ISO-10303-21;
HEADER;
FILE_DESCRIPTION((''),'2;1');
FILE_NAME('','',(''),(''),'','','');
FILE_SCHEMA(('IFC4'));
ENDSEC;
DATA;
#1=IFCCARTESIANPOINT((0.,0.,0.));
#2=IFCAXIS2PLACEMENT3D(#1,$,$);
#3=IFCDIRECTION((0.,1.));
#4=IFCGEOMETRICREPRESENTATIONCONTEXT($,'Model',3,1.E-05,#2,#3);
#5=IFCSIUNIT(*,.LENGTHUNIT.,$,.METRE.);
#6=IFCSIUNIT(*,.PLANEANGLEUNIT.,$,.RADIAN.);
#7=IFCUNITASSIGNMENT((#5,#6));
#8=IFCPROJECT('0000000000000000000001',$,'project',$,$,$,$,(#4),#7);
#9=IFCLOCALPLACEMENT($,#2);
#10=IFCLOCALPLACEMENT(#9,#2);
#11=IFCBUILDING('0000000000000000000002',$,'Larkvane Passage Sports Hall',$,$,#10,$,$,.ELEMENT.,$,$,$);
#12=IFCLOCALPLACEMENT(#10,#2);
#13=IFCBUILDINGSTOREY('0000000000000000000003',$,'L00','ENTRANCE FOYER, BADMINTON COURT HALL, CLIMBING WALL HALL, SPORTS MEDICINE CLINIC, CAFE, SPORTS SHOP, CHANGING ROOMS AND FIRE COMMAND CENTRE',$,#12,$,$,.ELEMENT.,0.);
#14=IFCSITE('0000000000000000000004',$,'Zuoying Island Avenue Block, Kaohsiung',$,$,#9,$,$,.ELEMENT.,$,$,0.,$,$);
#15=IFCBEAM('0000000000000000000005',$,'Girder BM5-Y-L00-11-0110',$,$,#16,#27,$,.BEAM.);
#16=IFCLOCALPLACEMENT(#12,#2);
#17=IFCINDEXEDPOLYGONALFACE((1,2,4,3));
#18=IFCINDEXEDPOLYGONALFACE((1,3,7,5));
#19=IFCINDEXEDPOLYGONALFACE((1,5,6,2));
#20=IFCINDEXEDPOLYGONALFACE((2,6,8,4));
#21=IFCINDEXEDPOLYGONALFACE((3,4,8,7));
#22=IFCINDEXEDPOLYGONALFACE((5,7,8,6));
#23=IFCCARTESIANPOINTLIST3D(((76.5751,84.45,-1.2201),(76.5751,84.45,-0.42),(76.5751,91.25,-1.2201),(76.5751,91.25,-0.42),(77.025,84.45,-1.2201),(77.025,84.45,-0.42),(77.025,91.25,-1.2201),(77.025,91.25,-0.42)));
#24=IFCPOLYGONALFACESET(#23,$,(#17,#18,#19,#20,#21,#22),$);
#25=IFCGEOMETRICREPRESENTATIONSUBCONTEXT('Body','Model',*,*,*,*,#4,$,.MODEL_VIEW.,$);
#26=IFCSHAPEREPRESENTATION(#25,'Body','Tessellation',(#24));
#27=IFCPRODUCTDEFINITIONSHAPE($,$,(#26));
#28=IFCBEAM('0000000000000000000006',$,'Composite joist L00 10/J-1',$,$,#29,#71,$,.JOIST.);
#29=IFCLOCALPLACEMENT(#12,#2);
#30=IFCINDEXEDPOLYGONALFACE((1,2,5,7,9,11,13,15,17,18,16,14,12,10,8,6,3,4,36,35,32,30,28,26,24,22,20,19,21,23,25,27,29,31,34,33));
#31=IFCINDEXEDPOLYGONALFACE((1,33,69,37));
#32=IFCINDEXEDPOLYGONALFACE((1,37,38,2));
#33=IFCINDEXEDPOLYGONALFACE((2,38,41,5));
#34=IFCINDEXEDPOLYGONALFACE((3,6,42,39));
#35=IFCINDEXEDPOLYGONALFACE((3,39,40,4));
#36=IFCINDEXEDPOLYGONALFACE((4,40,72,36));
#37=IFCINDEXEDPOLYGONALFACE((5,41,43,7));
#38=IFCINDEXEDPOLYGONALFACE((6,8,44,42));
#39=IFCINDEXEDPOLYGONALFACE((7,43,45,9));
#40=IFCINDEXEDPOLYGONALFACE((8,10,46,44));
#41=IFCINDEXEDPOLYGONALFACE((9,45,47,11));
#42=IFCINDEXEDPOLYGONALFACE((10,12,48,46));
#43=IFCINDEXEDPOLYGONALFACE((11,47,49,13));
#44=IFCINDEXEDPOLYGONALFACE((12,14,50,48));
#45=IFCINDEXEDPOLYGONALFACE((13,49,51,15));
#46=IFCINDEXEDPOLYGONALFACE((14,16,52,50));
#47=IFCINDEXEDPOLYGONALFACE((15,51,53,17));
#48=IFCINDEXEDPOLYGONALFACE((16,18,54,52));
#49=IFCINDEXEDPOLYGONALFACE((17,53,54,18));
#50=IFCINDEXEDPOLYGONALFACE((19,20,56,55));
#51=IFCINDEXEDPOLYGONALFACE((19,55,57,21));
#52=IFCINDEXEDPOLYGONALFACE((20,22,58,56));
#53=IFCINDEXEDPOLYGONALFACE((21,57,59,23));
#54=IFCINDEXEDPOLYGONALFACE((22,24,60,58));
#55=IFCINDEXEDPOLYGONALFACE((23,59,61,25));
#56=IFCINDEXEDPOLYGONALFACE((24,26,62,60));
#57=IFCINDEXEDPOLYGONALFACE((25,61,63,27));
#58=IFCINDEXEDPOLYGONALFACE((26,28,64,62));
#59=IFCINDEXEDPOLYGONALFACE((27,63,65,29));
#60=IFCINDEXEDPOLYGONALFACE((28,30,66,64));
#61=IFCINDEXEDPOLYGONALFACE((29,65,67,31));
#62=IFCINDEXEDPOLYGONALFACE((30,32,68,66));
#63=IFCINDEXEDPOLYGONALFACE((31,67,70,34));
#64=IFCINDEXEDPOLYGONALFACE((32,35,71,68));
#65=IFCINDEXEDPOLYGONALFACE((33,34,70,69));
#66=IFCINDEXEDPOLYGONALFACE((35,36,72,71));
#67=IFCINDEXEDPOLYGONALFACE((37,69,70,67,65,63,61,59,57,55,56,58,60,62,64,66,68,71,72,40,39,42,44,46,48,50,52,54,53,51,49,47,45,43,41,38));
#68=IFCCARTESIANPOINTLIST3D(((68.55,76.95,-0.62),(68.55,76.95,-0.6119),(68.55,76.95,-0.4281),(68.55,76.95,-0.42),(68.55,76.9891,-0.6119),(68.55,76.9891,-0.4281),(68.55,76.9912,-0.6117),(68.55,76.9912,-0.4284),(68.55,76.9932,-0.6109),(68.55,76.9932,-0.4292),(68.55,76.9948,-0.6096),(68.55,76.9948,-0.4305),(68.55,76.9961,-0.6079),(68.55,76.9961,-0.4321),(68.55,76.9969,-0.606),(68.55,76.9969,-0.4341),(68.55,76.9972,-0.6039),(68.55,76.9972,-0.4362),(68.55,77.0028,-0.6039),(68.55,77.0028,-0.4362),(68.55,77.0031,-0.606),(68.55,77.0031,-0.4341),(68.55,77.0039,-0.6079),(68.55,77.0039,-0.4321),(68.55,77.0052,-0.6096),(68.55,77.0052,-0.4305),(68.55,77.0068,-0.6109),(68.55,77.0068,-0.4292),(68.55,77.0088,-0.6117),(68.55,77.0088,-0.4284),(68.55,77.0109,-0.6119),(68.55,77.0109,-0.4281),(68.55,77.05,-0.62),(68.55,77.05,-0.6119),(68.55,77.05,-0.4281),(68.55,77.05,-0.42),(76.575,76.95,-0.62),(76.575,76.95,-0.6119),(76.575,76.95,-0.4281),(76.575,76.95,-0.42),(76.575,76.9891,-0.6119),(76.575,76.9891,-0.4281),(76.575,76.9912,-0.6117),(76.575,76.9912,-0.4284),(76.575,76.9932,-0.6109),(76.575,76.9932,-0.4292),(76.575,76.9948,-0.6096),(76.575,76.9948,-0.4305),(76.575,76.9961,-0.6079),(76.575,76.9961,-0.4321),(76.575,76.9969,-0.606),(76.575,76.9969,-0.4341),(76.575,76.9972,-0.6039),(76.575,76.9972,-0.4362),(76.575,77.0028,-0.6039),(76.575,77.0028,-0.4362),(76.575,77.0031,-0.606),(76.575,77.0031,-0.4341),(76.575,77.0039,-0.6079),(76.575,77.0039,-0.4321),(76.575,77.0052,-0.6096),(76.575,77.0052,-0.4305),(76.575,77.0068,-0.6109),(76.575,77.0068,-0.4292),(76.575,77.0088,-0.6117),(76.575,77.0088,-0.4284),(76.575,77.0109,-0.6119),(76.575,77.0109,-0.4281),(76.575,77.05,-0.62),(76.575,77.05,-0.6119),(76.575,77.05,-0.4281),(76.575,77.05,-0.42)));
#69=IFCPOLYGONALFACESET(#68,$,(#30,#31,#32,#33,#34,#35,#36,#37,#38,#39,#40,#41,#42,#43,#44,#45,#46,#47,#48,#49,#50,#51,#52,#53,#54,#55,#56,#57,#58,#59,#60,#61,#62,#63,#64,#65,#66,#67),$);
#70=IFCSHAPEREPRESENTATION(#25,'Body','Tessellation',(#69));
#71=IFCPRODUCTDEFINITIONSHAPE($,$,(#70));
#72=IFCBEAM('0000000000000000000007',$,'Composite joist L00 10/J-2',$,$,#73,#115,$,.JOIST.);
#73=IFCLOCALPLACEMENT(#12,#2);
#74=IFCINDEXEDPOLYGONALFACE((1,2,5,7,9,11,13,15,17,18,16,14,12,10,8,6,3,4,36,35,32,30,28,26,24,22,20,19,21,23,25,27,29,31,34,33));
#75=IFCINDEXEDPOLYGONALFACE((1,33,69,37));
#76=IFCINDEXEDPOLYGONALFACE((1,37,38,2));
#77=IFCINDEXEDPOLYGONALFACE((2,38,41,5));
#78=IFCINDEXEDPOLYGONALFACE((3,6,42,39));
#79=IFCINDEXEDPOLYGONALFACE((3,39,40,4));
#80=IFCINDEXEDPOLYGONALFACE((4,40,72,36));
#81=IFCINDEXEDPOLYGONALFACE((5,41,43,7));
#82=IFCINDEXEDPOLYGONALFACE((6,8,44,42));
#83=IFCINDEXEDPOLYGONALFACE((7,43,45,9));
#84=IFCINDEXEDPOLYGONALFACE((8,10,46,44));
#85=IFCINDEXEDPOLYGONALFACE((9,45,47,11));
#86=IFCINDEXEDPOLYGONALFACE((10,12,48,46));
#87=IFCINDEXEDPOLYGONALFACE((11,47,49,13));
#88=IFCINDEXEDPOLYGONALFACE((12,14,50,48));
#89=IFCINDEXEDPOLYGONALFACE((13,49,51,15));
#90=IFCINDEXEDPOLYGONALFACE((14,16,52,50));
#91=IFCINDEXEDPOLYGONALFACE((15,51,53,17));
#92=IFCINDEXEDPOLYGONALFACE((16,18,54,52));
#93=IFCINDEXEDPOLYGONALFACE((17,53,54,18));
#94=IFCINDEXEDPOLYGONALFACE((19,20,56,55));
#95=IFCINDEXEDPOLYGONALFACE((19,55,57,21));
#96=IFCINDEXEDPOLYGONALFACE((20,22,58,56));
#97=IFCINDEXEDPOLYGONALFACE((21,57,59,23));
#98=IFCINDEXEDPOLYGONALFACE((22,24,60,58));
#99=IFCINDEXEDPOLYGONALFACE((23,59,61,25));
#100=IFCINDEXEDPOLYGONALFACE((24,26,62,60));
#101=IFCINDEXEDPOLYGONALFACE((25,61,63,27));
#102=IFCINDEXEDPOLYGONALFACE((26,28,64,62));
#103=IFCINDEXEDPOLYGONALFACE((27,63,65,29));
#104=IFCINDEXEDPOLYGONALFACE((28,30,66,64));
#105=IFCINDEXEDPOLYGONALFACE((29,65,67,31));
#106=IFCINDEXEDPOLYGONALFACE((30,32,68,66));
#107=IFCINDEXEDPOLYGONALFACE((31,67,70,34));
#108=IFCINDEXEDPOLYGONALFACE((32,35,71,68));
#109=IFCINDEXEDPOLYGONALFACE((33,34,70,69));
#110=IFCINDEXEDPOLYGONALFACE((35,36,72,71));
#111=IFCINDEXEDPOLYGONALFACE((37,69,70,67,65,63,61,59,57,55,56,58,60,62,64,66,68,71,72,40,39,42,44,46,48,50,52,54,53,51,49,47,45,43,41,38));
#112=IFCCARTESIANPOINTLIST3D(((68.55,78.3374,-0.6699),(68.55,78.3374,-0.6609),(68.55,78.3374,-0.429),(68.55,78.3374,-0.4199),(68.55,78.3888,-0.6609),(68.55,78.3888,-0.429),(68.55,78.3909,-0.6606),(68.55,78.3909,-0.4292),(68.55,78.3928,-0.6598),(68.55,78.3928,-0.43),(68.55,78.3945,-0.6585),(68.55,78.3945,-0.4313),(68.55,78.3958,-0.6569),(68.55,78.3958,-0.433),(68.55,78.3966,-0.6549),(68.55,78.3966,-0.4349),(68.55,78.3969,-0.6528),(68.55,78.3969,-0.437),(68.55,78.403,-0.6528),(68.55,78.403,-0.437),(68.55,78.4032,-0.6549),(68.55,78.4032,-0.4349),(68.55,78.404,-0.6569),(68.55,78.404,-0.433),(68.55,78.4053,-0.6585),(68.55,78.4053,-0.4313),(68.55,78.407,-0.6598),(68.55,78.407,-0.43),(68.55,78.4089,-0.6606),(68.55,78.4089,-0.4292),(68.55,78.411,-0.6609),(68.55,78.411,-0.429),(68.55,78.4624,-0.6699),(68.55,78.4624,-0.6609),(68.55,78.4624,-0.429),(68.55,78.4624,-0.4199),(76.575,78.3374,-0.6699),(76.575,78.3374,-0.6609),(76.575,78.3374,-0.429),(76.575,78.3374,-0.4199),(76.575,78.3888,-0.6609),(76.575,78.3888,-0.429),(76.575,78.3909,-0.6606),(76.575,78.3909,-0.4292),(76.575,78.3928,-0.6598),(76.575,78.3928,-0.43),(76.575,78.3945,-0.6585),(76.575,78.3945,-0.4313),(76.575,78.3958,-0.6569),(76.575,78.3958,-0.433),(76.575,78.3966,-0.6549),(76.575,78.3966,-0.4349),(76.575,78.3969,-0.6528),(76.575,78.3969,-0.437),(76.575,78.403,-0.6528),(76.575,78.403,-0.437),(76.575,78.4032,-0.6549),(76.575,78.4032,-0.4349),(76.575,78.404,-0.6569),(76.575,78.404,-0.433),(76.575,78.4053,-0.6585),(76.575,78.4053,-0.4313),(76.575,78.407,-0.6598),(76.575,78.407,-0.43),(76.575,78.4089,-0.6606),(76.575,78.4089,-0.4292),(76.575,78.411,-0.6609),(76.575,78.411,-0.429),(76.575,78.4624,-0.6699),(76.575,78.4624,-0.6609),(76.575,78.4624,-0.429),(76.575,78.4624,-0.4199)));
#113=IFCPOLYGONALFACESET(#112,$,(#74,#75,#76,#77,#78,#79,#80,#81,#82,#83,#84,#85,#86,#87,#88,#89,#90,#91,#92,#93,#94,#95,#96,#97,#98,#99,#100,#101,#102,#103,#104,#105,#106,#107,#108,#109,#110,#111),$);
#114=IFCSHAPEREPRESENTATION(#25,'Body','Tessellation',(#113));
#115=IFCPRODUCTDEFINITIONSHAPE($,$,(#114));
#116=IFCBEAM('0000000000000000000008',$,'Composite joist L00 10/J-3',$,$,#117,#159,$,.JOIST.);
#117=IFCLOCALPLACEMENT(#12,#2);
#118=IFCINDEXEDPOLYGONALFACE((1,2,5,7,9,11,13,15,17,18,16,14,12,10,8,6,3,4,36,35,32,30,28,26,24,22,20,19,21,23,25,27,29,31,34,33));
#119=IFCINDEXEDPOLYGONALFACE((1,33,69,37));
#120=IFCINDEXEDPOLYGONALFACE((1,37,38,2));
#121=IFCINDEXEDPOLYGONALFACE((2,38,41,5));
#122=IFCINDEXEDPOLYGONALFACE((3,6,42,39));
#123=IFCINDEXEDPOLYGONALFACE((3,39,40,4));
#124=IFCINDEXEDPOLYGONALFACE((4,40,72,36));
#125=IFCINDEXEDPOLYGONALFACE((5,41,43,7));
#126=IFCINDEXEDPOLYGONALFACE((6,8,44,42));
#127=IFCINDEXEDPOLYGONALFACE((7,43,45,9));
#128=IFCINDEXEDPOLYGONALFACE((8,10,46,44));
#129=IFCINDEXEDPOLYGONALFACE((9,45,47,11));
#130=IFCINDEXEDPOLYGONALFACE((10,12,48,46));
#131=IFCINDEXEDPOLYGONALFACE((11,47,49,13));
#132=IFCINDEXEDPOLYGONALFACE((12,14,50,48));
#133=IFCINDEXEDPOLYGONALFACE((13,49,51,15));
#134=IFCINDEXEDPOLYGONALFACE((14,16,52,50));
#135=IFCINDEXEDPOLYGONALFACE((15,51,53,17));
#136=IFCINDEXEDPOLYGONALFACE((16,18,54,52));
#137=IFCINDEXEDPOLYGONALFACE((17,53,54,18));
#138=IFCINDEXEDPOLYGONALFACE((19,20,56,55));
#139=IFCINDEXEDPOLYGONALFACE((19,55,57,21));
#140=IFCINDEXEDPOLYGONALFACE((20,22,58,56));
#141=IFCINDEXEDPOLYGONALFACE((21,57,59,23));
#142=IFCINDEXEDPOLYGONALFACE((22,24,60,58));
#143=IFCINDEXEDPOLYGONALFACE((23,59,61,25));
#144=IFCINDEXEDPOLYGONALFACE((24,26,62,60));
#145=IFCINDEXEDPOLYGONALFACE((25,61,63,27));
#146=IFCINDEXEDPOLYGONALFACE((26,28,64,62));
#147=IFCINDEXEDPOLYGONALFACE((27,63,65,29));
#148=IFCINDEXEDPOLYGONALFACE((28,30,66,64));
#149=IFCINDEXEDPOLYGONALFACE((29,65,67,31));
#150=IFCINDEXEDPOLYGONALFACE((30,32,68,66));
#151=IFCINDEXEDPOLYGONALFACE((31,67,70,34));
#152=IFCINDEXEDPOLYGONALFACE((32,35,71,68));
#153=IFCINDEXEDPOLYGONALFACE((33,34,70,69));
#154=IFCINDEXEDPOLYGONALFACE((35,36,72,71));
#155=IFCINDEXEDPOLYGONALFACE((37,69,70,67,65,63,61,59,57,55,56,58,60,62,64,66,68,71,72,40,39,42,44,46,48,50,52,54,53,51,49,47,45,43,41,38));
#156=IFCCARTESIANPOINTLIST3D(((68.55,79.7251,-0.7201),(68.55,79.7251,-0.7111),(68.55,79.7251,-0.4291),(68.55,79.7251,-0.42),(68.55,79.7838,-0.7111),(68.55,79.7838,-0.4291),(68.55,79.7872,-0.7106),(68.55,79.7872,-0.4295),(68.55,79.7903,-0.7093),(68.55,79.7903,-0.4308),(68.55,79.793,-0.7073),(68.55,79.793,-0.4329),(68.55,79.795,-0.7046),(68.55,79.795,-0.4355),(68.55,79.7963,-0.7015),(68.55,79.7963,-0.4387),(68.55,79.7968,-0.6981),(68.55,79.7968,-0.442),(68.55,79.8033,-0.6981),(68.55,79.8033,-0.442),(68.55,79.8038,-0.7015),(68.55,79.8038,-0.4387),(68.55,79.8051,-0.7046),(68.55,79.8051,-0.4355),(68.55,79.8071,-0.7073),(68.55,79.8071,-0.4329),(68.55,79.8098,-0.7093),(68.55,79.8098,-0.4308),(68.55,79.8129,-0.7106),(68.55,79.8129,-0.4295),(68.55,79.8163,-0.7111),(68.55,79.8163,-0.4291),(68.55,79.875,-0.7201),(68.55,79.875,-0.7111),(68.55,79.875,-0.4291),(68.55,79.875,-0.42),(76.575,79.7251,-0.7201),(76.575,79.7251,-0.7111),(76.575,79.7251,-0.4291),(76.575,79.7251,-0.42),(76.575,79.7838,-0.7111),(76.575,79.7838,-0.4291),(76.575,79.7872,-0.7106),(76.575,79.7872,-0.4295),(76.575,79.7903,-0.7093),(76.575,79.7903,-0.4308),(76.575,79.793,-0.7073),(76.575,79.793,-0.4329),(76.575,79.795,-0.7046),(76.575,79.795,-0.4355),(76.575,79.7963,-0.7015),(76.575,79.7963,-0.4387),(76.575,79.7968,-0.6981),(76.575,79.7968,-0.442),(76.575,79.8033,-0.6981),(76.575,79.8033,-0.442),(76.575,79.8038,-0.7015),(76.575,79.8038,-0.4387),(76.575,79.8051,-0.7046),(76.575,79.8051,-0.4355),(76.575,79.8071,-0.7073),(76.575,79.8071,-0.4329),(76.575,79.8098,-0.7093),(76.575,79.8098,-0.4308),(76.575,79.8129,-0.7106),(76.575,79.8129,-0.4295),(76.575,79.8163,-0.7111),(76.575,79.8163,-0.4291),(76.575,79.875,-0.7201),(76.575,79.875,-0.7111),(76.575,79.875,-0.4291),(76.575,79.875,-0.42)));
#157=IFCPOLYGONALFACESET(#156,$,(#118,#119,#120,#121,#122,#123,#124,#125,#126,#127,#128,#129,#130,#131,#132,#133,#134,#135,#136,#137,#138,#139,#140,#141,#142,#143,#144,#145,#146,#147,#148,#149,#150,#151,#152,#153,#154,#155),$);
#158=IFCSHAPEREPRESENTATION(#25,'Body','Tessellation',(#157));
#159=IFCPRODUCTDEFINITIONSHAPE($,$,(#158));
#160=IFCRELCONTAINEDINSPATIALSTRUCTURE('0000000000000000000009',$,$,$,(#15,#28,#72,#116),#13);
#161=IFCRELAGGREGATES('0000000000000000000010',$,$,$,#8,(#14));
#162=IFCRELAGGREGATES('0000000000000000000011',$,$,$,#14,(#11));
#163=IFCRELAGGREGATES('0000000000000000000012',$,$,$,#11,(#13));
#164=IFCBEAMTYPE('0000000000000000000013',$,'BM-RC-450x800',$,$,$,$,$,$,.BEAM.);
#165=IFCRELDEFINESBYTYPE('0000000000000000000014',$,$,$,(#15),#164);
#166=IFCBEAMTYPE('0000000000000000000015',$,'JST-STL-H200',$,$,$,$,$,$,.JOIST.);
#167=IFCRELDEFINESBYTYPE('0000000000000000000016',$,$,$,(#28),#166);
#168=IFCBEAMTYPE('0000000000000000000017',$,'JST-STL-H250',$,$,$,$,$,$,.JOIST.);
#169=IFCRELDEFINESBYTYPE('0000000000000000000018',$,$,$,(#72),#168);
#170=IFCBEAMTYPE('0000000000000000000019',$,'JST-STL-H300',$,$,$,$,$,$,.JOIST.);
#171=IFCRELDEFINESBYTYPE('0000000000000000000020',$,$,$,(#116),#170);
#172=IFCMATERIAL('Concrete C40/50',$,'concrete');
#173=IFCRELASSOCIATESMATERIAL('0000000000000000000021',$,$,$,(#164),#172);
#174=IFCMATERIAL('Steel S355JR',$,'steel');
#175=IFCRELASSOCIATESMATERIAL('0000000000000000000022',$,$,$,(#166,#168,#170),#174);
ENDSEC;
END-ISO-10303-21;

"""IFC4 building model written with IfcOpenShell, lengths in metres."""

from ifc_helpers import new_model, si_unit, direction, frame, origin, origin_2d, place, context, subcontext, project, spatial, rectangle, i_section, extrude, material, material_profile, profile_set, type_object, element, save


model = new_model("IFC4")

# Units and contexts
model_context = context("Model", 3, precision=1e-05, world=origin(), true_north=direction((0.0, 1.0)))
body_context = subcontext(model_context, "Body", "Model", "MODEL_VIEW")
ifc_project = project(units=[si_unit("LENGTHUNIT", "METRE"), si_unit("PLANEANGLEUNIT", "RADIAN")], contexts=[model_context])

# Site, building, storey
site_placement = place(None, origin())
site = spatial("IfcSite", under=ifc_project, at=site_placement, Name="Zuoying Island Avenue Block, Kaohsiung", CompositionType="ELEMENT", RefElevation=0.0)
building_placement = place(site_placement, origin())
building = spatial("IfcBuilding", under=site, at=building_placement, Name="Larkvane Passage Sports Hall", CompositionType="ELEMENT")
storey_placement = place(building_placement, origin())
storey = spatial("IfcBuildingStorey", under=building, at=storey_placement, Name="L00", Description="ENTRANCE FOYER, BADMINTON COURT HALL, CLIMBING WALL HALL, SPORTS MEDICINE CLINIC, CAFE, SPORTS SHOP, CHANGING ROOMS AND FIRE COMMAND CENTRE", CompositionType="ELEMENT", Elevation=0.0)

# Shared definitions
ifc_material_1 = material(Name="Steel S355JR", Category="steel")

# Beams
ifc_material_2 = material(Name="Concrete C40/50", Category="concrete")
ifc_material_profile_1 = material_profile(ifc_material_2, rectangle(XDim=0.45, YDim=0.8, at=origin_2d()), Name="RC-BM-450x800")
ifc_profile_set_1 = profile_set([ifc_material_profile_1], Name="Concrete C40/50")
beam_type_1 = type_object("IfcBeamType", Name="BM-RC-450x800", PredefinedType="BEAM", material=ifc_profile_set_1)
beam_1_placement = place(storey_placement, frame((76.8, 84.45, -0.8201), z_axis=(0.0, 1.0, 0.0), x_axis=(-1.0, 0.0, 0.0)))
element("IfcBeam", 1, at=beam_1_placement, inside=storey, type_object=beam_type_1, Name="Girder BM5-Y-L00-11-0110", PredefinedType="BEAM", context=body_context, shape_type="SweptSolid", body=[
    extrude(rectangle(XDim=0.45, YDim=0.8, at=origin_2d()), origin(), (0.0, 0.0, 1.0), 6.8),
])
ifc_material_profile_2 = material_profile(ifc_material_1, i_section(OverallWidth=0.1001, OverallDepth=0.2, WebThickness=0.0056, FlangeThickness=0.0081, FilletRadius=0.0081, at=origin_2d()), Name="H-200x100x5.5x8")
ifc_profile_set_2 = profile_set([ifc_material_profile_2], Name="Steel S355JR")
beam_type_2 = type_object("IfcBeamType", Name="JST-STL-H200", PredefinedType="JOIST", material=ifc_profile_set_2)
beam_2_placement = place(storey_placement, frame((68.55, 77.0, -0.52), z_axis=(1.0, 0.0, 0.0), x_axis=(0.0, 1.0, 0.0)))
element("IfcBeam", 2, at=beam_2_placement, inside=storey, type_object=beam_type_2, Name="Composite joist L00 10/J-1", PredefinedType="JOIST", context=body_context, shape_type="SweptSolid", body=[
    extrude(i_section(OverallWidth=0.1001, OverallDepth=0.2, WebThickness=0.0056, FlangeThickness=0.0081, FilletRadius=0.0081, at=origin_2d()), origin(), (0.0, 0.0, 1.0), 8.0249),
])
ifc_material_profile_3 = material_profile(ifc_material_1, i_section(OverallWidth=0.125, OverallDepth=0.25, WebThickness=0.0061, FlangeThickness=0.009, FilletRadius=0.0081, at=origin_2d()), Name="H-250x125x6x9")
ifc_profile_set_3 = profile_set([ifc_material_profile_3], Name="Steel S355JR")
beam_type_3 = type_object("IfcBeamType", Name="JST-STL-H250", PredefinedType="JOIST", material=ifc_profile_set_3)
beam_3_placement = place(storey_placement, frame((68.55, 78.3999, -0.5449), z_axis=(1.0, 0.0, 0.0), x_axis=(0.0, 1.0, 0.0)))
element("IfcBeam", 3, at=beam_3_placement, inside=storey, type_object=beam_type_3, Name="Composite joist L00 10/J-2", PredefinedType="JOIST", context=body_context, shape_type="SweptSolid", body=[
    extrude(i_section(OverallWidth=0.125, OverallDepth=0.25, WebThickness=0.0061, FlangeThickness=0.009, FilletRadius=0.0081, at=origin_2d()), origin(), (0.0, 0.0, 1.0), 8.0249),
])
ifc_material_profile_4 = material_profile(ifc_material_1, i_section(OverallWidth=0.1499, OverallDepth=0.3, WebThickness=0.0066, FlangeThickness=0.009, FilletRadius=0.0129, at=origin_2d()), Name="H-300x150x6.5x9")
ifc_profile_set_4 = profile_set([ifc_material_profile_4], Name="Steel S355JR")
beam_type_4 = type_object("IfcBeamType", Name="JST-STL-H300", PredefinedType="JOIST", material=ifc_profile_set_4)
beam_4_placement = place(storey_placement, frame((68.55, 79.8, -0.5701), z_axis=(1.0, 0.0, 0.0), x_axis=(0.0, 1.0, 0.0)))
element("IfcBeam", 4, at=beam_4_placement, inside=storey, type_object=beam_type_4, Name="Composite joist L00 10/J-3", PredefinedType="JOIST", context=body_context, shape_type="SweptSolid", body=[
    extrude(i_section(OverallWidth=0.1499, OverallDepth=0.3, WebThickness=0.0066, FlangeThickness=0.009, FilletRadius=0.0129, at=origin_2d()), origin(), (0.0, 0.0, 1.0), 8.0249),
])

save(model, "model.ifc")
